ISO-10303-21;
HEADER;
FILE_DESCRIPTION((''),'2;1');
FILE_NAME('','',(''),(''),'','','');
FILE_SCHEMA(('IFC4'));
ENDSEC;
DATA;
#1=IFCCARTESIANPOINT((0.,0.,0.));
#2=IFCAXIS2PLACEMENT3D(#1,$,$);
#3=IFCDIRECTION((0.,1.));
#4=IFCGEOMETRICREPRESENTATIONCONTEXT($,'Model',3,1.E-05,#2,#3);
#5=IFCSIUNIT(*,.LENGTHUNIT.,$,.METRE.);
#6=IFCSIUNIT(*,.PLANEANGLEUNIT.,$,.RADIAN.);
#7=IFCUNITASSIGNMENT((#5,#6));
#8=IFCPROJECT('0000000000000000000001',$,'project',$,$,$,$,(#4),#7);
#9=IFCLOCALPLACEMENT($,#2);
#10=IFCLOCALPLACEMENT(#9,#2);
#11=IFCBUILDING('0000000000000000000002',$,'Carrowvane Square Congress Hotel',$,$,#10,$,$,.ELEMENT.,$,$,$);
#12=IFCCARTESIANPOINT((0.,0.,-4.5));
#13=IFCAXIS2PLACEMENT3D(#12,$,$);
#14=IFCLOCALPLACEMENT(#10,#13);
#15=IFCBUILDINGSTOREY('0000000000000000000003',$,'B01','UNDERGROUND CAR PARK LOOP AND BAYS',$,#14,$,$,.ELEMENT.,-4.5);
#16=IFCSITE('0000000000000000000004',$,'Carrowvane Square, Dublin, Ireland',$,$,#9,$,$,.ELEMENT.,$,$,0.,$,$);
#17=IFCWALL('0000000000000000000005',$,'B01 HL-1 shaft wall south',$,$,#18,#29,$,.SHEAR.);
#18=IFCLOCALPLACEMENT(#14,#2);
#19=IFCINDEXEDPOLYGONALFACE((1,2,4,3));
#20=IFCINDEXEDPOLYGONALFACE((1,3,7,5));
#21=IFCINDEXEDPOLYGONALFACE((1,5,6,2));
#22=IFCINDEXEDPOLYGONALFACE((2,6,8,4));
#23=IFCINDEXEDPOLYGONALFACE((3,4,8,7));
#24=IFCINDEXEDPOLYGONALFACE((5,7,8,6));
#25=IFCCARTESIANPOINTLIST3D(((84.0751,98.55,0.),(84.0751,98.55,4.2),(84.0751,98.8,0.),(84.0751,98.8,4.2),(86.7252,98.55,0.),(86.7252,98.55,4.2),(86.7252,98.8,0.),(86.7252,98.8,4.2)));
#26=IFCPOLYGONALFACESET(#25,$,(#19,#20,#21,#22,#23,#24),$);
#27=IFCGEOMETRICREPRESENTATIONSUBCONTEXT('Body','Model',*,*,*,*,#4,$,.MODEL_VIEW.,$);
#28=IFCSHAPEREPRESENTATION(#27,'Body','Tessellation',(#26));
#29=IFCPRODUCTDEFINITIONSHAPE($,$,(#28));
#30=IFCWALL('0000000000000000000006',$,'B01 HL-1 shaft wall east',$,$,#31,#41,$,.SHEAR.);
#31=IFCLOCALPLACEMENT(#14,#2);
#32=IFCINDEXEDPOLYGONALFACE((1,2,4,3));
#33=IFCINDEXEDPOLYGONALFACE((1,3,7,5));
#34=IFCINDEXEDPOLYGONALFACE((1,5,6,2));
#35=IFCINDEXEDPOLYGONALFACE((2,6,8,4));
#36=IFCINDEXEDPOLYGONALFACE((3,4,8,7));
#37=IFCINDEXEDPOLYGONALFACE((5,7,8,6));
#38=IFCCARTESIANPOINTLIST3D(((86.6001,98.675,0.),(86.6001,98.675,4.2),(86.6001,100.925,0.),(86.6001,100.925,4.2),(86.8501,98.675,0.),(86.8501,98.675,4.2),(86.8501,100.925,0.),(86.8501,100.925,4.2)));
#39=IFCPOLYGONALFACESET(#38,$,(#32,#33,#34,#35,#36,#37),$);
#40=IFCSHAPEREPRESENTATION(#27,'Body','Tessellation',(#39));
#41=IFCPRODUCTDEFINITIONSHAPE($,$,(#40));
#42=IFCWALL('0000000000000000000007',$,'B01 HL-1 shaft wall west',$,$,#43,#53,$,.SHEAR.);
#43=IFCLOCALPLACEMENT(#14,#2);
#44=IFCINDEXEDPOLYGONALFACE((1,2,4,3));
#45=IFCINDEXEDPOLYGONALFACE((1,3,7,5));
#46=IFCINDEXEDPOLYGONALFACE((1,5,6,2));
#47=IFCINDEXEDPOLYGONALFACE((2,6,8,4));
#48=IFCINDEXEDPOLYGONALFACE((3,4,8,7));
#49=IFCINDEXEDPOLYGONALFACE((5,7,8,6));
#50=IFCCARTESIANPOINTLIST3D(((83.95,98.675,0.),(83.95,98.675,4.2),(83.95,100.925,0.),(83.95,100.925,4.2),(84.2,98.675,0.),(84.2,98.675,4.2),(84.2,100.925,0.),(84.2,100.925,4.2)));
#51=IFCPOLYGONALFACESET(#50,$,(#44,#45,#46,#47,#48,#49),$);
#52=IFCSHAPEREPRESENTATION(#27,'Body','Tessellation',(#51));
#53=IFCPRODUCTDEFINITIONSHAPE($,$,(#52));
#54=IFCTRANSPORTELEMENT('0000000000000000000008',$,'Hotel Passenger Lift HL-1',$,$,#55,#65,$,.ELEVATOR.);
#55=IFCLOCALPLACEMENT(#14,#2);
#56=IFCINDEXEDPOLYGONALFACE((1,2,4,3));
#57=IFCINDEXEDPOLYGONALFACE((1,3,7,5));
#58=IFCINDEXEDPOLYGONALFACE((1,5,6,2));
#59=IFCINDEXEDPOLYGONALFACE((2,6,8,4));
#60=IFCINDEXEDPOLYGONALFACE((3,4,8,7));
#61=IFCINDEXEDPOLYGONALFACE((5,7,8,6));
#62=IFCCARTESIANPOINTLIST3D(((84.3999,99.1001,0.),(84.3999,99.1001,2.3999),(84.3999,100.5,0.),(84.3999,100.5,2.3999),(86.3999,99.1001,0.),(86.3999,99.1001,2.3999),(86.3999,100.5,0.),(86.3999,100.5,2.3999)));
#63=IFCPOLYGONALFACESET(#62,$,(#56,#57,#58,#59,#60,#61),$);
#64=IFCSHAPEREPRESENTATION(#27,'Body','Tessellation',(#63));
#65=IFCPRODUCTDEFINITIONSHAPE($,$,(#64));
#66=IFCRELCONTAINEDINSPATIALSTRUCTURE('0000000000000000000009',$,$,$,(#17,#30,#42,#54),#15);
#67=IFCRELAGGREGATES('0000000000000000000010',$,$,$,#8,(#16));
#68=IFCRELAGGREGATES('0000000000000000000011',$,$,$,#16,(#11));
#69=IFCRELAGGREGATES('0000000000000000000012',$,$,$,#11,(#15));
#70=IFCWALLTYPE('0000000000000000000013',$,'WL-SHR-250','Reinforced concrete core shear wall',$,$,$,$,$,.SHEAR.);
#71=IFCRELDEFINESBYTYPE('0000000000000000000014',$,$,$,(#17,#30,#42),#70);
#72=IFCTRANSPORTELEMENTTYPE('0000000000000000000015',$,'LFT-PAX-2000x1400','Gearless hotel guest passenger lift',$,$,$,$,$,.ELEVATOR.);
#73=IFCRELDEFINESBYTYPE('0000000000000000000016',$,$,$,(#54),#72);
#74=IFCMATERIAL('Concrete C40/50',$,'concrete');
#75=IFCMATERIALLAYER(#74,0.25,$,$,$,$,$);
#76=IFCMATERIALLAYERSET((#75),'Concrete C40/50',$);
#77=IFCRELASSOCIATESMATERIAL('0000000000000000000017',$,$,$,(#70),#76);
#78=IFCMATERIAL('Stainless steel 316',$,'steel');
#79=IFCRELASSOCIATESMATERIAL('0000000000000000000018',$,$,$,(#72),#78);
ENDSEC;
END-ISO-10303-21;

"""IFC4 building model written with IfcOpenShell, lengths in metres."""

from ifc_helpers import new_model, si_unit, direction, frame, frame_2d, origin, origin_2d, place, context, subcontext, project, spatial, rectangle, extrude, material, layer, layer_set, type_object, element, save


model = new_model("IFC4")

# Units and contexts
model_context = context("Model", 3, precision=1e-05, world=origin(), true_north=direction((0.0, 1.0)))
body_context = subcontext(model_context, "Body", "Model", "MODEL_VIEW")
ifc_project = project(units=[si_unit("LENGTHUNIT", "METRE"), si_unit("PLANEANGLEUNIT", "RADIAN")], contexts=[model_context])

# Site, building, storey
site_placement = place(None, origin())
site = spatial("IfcSite", under=ifc_project, at=site_placement, Name="Carrowvane Square, Dublin, Ireland", CompositionType="ELEMENT", RefElevation=0.0)
building_placement = place(site_placement, origin())
building = spatial("IfcBuilding", under=site, at=building_placement, Name="Carrowvane Square Congress Hotel", CompositionType="ELEMENT")
storey_placement = place(building_placement, frame((0.0, 0.0, -4.5)))
storey = spatial("IfcBuildingStorey", under=building, at=storey_placement, Name="B01", Description="UNDERGROUND CAR PARK LOOP AND BAYS", CompositionType="ELEMENT", Elevation=-4.5)

# Shared definitions
ifc_material_1 = material(Name="Concrete C40/50", Category="concrete")
ifc_layer_1 = layer(ifc_material_1, 0.25)
ifc_layer_set_1 = layer_set([ifc_layer_1], Name="Concrete C40/50")
wall_type_1 = type_object("IfcWallType", Name="WL-SHR-250", Description="Reinforced concrete core shear wall", PredefinedType="SHEAR", material=ifc_layer_set_1)

# Walls
wall_1_placement = place(storey_placement, frame((84.075, 98.675, 0.0), z_axis=(0.0, 0.0, 1.0), x_axis=(1.0, 0.0, 0.0)))
element("IfcWall", 1, at=wall_1_placement, inside=storey, type_object=wall_type_1, Name="B01 HL-1 shaft wall south", PredefinedType="SHEAR", context=body_context, shape_type="SweptSolid", body=[
    extrude(rectangle(XDim=2.6501, YDim=0.25, at=frame_2d((1.3252, 0.0))), origin(), (0.0, 0.0, 1.0), 4.2),
])
wall_2_placement = place(storey_placement, frame((86.7251, 98.675, 0.0), z_axis=(0.0, 0.0, 1.0), x_axis=(0.0, 1.0, 0.0)))
element("IfcWall", 2, at=wall_2_placement, inside=storey, type_object=wall_type_1, Name="B01 HL-1 shaft wall east", PredefinedType="SHEAR", context=body_context, shape_type="SweptSolid", body=[
    extrude(rectangle(XDim=2.25, YDim=0.25, at=frame_2d((1.125, 0.0))), origin(), (0.0, 0.0, 1.0), 4.2),
])

# Wall
wall_3_placement = place(storey_placement, frame((84.075, 100.925, 0.0), z_axis=(0.0, 0.0, 1.0), x_axis=(0.0, -1.0, 0.0)))
element("IfcWall", 3, at=wall_3_placement, inside=storey, type_object=wall_type_1, Name="B01 HL-1 shaft wall west", PredefinedType="SHEAR", context=body_context, shape_type="SweptSolid", body=[
    extrude(rectangle(XDim=2.25, YDim=0.25, at=frame_2d((1.125, 0.0))), origin(), (0.0, 0.0, 1.0), 4.2),
])

# Transport element
ifc_material_2 = material(Name="Stainless steel 316", Category="steel")
transport_element_type = type_object("IfcTransportElementType", Name="LFT-PAX-2000x1400", Description="Gearless hotel guest passenger lift", PredefinedType="ELEVATOR", material=ifc_material_2)
transport_element_placement = place(storey_placement, frame((85.3999, 99.8, 0.0), z_axis=(0.0, 0.0, 1.0), x_axis=(1.0, 0.0, 0.0)))
element("IfcTransportElement", 4, at=transport_element_placement, inside=storey, type_object=transport_element_type, Name="Hotel Passenger Lift HL-1", PredefinedType="ELEVATOR", context=body_context, shape_type="SweptSolid", body=[
    extrude(rectangle(XDim=2.0, YDim=1.3999, at=origin_2d()), origin(), (0.0, 0.0, 1.0), 2.3999),
])

save(model, "model.ifc")
